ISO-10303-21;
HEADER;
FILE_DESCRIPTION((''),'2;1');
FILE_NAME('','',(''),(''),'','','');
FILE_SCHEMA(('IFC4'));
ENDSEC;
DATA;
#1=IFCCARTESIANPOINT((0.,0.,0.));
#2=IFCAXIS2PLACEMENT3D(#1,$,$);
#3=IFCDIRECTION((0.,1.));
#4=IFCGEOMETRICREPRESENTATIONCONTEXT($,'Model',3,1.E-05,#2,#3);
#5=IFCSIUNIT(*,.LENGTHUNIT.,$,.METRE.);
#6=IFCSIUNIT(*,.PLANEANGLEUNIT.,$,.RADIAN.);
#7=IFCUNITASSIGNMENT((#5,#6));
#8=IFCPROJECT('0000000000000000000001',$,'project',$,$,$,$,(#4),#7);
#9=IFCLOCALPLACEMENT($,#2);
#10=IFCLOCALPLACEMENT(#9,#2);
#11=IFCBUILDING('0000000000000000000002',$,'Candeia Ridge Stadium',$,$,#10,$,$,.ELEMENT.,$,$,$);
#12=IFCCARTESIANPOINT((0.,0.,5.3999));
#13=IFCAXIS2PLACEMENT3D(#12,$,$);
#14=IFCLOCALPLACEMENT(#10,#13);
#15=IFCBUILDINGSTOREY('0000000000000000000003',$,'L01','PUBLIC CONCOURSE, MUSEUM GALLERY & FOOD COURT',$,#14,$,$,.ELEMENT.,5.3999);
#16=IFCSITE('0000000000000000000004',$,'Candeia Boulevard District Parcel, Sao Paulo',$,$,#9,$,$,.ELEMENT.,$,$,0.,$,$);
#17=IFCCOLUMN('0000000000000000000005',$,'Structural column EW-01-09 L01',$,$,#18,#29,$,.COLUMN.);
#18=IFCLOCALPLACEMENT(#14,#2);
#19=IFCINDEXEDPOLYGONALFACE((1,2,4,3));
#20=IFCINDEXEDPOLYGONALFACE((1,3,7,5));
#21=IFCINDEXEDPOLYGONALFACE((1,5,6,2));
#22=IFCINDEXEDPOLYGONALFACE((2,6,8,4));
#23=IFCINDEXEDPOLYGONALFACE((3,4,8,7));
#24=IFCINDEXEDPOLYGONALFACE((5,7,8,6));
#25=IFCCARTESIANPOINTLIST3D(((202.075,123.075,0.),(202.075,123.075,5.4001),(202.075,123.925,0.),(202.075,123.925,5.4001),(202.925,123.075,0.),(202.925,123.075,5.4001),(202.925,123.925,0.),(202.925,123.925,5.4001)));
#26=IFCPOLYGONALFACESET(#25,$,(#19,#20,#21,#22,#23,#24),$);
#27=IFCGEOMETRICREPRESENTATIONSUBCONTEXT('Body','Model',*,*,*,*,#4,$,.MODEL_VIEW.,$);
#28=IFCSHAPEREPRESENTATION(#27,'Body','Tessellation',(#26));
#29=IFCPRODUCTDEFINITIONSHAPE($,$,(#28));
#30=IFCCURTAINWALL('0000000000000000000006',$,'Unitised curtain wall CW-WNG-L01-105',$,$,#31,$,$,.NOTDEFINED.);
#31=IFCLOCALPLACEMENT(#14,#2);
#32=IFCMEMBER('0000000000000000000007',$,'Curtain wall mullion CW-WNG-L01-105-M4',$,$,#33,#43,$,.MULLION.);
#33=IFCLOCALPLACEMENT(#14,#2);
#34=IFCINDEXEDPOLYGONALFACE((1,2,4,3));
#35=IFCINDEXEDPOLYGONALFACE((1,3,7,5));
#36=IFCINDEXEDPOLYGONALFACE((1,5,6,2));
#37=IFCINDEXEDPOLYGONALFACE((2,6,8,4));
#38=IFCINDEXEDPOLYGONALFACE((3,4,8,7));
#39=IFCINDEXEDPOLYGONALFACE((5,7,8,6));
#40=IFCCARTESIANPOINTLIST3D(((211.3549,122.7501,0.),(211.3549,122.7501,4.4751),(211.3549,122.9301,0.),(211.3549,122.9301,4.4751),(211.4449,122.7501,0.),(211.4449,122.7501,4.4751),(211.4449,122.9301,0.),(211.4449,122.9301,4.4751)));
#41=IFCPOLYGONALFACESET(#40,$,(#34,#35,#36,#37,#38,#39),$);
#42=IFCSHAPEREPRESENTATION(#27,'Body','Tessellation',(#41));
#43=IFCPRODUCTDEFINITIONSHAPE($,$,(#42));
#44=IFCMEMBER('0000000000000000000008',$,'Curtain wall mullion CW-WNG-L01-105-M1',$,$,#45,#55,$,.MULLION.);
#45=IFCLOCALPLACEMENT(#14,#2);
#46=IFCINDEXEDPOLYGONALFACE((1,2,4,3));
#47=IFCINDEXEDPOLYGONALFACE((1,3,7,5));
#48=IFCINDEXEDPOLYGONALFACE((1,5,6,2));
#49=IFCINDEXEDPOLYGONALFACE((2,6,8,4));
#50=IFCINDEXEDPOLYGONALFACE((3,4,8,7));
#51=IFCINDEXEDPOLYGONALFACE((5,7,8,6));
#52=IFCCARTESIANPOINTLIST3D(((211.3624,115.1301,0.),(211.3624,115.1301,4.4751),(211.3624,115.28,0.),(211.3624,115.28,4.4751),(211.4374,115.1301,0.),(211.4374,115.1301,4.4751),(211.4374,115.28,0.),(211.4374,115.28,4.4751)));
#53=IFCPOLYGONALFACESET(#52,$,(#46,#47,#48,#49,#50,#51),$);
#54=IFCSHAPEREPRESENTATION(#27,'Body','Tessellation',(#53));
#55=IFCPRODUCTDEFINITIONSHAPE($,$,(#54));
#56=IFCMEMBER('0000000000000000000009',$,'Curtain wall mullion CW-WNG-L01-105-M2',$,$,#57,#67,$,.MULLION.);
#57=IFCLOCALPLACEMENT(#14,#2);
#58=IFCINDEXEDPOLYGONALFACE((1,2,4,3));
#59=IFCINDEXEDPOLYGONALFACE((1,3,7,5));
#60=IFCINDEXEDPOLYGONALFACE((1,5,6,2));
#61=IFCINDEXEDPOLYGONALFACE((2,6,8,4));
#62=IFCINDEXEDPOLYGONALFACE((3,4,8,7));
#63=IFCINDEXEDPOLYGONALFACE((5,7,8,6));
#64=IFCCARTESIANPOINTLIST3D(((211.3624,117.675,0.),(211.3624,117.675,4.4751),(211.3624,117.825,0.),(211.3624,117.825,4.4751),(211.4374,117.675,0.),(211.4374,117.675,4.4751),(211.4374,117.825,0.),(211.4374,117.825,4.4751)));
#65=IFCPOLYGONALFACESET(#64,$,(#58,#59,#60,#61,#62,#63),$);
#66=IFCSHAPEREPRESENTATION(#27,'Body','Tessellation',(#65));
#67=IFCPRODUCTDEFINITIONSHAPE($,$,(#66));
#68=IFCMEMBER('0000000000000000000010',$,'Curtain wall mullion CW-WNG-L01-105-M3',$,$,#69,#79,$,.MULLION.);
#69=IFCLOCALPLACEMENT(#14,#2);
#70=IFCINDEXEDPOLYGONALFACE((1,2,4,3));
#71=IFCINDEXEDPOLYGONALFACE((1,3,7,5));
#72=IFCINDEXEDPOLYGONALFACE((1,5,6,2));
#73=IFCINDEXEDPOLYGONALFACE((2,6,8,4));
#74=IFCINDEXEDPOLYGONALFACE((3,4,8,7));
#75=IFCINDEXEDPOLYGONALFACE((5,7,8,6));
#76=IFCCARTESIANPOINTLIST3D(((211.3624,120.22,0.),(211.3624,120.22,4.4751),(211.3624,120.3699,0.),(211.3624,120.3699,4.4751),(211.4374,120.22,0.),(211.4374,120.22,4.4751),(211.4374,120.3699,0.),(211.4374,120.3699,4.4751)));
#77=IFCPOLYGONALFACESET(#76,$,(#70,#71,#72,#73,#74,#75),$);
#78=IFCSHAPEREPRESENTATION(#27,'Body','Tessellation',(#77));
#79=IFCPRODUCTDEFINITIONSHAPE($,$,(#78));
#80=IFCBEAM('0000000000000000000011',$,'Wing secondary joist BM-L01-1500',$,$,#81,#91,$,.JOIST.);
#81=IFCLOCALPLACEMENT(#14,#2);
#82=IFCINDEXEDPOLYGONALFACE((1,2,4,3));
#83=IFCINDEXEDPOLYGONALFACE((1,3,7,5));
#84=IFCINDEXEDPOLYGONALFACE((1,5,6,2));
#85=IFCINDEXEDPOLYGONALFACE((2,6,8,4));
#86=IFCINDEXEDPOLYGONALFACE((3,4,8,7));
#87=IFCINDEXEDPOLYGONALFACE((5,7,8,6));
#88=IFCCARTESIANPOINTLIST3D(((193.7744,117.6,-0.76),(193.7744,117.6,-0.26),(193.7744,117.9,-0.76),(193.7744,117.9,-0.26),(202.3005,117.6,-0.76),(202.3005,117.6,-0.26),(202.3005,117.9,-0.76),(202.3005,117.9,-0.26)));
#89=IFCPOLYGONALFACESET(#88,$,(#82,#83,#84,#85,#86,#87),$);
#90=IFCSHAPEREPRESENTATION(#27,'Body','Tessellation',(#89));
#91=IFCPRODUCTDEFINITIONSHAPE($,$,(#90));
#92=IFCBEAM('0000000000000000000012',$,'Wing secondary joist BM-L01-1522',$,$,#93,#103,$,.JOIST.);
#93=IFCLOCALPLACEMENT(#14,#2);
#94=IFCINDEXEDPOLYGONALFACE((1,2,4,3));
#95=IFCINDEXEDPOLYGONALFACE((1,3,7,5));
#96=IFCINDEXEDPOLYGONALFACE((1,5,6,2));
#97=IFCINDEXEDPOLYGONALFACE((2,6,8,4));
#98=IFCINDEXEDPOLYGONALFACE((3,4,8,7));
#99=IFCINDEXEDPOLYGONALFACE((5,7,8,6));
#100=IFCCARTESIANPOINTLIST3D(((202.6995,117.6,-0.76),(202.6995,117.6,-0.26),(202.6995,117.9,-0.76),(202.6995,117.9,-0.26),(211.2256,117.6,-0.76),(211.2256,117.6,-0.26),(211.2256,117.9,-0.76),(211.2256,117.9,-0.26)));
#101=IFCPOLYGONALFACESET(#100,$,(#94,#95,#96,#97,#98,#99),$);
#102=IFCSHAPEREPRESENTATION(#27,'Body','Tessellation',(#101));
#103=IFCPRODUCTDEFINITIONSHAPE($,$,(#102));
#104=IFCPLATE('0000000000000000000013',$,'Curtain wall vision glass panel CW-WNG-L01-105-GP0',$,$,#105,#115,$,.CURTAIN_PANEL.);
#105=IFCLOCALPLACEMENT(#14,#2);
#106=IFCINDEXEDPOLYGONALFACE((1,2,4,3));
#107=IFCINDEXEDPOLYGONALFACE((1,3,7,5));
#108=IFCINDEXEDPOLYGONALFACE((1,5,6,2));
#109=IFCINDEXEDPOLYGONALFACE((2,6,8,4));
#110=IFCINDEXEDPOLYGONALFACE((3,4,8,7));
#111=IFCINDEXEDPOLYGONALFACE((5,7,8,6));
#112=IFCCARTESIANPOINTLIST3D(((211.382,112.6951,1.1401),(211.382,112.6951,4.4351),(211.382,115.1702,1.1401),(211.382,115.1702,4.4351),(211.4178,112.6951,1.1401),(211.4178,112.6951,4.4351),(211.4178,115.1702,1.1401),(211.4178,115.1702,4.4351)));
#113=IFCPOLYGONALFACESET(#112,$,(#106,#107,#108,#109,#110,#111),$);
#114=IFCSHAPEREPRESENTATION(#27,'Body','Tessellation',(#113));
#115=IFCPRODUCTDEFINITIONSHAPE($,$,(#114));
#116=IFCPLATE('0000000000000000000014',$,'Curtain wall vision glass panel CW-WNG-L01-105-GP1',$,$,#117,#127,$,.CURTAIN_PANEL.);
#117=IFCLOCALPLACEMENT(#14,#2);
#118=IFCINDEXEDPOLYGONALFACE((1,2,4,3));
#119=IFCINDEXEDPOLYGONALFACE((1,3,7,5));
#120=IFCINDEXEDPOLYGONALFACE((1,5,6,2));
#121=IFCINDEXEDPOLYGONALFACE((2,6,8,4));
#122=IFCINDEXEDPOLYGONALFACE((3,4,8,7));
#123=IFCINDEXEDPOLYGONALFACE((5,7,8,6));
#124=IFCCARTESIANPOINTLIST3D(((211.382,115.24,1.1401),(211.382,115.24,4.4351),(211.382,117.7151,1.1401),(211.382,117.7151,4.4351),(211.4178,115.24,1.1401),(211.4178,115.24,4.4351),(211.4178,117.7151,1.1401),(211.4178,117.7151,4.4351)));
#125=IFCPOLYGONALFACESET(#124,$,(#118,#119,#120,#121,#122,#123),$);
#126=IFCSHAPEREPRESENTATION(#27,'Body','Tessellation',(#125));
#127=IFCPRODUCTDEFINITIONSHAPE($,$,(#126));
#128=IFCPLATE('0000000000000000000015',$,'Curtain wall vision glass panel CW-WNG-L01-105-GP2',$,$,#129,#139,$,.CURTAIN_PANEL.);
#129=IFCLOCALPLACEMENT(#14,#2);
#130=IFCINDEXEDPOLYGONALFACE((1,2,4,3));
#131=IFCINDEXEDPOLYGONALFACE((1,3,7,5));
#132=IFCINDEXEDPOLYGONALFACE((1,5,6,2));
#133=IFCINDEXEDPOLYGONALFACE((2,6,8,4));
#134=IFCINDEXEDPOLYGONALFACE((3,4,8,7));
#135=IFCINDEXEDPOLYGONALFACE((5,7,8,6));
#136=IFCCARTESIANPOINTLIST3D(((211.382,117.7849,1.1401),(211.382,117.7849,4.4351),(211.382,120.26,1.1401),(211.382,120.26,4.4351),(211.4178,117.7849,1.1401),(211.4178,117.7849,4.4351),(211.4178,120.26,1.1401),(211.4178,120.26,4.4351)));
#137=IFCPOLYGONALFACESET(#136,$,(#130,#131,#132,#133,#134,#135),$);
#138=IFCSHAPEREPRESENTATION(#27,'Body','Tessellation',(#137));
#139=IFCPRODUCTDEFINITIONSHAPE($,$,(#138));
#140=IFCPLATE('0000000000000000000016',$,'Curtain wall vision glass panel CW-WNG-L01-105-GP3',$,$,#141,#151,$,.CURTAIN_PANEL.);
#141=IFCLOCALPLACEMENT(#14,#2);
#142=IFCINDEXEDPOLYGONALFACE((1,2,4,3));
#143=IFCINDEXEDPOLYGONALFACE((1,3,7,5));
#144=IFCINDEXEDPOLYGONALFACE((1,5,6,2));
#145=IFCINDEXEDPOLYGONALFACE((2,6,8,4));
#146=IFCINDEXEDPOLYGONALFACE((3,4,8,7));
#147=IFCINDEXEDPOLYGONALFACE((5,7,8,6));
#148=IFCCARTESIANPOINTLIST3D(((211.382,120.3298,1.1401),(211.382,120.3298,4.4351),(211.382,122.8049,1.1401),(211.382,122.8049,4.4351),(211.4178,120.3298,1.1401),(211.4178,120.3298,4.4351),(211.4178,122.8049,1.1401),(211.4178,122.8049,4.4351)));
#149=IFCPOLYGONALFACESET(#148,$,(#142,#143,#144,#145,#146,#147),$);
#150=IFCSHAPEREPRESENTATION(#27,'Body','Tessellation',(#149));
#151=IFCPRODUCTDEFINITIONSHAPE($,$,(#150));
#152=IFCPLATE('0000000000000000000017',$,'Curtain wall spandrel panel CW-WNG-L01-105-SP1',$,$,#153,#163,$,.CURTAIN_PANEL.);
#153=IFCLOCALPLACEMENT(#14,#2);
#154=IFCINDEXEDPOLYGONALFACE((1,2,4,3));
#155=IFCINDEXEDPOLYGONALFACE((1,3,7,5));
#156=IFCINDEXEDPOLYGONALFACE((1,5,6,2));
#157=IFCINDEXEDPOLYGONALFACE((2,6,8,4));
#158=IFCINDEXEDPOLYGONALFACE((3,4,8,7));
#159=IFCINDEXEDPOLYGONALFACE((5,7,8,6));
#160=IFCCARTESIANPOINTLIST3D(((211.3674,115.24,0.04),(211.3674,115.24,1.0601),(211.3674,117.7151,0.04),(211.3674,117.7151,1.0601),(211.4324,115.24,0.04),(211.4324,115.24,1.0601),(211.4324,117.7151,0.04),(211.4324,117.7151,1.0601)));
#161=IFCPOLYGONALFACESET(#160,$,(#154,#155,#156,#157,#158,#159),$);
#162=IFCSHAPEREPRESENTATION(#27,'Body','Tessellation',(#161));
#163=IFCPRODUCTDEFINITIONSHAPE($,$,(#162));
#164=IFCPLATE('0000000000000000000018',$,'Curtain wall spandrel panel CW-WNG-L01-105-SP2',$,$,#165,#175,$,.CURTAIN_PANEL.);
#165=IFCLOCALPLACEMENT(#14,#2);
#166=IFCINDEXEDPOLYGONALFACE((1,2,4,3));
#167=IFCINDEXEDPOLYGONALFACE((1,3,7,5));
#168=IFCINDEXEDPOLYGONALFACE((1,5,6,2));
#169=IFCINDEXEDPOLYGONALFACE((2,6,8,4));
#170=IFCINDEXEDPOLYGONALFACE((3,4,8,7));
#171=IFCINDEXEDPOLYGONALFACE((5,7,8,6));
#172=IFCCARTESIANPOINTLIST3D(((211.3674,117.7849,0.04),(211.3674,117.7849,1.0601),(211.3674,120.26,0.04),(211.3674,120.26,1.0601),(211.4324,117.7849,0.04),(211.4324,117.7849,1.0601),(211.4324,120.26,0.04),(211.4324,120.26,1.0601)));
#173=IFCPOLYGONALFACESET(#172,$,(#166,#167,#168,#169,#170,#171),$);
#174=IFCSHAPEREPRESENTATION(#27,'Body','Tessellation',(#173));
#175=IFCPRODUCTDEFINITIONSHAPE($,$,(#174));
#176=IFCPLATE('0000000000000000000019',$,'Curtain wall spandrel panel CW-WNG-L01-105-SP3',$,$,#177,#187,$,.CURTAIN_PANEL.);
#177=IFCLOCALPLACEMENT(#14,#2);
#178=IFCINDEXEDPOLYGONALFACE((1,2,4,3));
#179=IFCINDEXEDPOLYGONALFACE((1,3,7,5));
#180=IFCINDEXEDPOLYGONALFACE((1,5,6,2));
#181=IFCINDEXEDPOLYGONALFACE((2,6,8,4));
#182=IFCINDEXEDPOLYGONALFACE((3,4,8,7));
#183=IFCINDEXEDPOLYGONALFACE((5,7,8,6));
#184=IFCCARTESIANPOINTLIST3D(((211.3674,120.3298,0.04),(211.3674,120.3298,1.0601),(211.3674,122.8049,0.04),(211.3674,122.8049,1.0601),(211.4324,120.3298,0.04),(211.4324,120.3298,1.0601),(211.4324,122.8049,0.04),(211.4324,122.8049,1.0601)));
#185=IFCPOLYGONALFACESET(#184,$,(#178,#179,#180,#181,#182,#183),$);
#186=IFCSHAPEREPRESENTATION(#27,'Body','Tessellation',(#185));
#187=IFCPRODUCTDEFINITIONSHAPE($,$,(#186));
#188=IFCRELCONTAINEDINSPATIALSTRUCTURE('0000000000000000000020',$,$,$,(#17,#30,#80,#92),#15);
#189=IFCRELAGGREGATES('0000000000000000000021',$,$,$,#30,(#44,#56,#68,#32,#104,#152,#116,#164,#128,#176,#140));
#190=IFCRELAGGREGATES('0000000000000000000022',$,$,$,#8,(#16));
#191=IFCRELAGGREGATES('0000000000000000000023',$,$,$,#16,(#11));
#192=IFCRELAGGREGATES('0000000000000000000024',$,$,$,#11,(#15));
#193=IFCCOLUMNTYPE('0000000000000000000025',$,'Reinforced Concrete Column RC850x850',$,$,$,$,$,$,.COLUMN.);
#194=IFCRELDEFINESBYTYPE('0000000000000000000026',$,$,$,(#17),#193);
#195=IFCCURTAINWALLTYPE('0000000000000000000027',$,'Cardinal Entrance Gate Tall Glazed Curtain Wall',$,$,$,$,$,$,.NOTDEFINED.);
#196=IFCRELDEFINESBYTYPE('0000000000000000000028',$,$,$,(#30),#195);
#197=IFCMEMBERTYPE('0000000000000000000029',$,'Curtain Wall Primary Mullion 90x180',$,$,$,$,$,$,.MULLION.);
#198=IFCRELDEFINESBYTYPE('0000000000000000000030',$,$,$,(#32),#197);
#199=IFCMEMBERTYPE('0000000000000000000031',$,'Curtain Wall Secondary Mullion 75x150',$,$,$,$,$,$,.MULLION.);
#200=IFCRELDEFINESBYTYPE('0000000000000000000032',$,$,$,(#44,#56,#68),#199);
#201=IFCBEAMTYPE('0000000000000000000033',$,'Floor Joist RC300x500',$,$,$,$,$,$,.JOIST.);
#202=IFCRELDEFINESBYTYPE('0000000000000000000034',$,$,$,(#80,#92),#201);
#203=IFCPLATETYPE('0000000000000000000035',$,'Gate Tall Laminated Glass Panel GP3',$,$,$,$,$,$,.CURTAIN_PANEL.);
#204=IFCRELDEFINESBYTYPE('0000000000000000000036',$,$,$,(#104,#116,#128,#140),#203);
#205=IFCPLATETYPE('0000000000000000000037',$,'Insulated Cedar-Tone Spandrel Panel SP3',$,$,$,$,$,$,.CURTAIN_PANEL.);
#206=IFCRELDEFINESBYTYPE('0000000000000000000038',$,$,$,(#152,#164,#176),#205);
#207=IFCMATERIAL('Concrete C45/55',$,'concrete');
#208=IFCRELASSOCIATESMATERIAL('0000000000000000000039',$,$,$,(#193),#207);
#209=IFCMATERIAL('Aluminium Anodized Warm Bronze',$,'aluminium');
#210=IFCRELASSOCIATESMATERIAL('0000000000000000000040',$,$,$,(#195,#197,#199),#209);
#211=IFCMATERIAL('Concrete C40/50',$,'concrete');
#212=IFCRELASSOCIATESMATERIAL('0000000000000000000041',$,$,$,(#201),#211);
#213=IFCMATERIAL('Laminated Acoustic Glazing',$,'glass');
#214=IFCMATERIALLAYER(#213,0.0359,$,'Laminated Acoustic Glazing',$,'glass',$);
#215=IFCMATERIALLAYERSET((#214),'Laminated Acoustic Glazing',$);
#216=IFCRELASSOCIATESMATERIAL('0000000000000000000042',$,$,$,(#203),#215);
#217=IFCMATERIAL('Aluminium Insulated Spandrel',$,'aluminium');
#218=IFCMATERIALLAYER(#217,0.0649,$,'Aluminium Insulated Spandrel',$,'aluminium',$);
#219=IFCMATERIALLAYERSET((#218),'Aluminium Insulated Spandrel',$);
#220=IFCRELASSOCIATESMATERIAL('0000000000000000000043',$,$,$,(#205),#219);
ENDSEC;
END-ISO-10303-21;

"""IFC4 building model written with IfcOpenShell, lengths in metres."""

from ifc_helpers import new_model, si_unit, direction, frame, origin, origin_2d, place, context, subcontext, project, spatial, rectangle, extrude, material, layer, layer_set, material_profile, profile_set, type_object, element, aggregate, save


model = new_model("IFC4")

# Units and contexts
model_context = context("Model", 3, precision=1e-05, world=origin(), true_north=direction((0.0, 1.0)))
body_context = subcontext(model_context, "Body", "Model", "MODEL_VIEW")
ifc_project = project(units=[si_unit("LENGTHUNIT", "METRE"), si_unit("PLANEANGLEUNIT", "RADIAN")], contexts=[model_context])

# Site, building, storey
site_placement = place(None, origin())
site = spatial("IfcSite", under=ifc_project, at=site_placement, Name="Candeia Boulevard District Parcel, Sao Paulo", CompositionType="ELEMENT", RefElevation=0.0)
building_placement = place(site_placement, origin())
building = spatial("IfcBuilding", under=site, at=building_placement, Name="Candeia Ridge Stadium", CompositionType="ELEMENT")
storey_placement = place(building_placement, frame((0.0, 0.0, 5.3999)))
storey = spatial("IfcBuildingStorey", under=building, at=storey_placement, Name="L01", Description="PUBLIC CONCOURSE, MUSEUM GALLERY & FOOD COURT", CompositionType="ELEMENT", Elevation=5.3999)

# Column
ifc_material_1 = material(Name="Concrete C45/55", Category="concrete")
ifc_material_profile_1 = material_profile(ifc_material_1, rectangle(XDim=0.8501, YDim=0.8501, at=origin_2d()), Name="RC850x850", Category="concrete")
ifc_profile_set_1 = profile_set([ifc_material_profile_1], Name="Concrete C45/55")
column_type = type_object("IfcColumnType", Name="Reinforced Concrete Column RC850x850", PredefinedType="COLUMN", material=ifc_profile_set_1)
column_placement = place(storey_placement, frame((202.5, 123.5, 0.0), z_axis=(0.0, 0.0, 1.0), x_axis=(1.0, 0.0, 0.0)))
element("IfcColumn", 1, at=column_placement, inside=storey, type_object=column_type, Name="Structural column EW-01-09 L01", PredefinedType="COLUMN", context=body_context, shape_type="SweptSolid", body=[
    extrude(rectangle(XDim=0.8501, YDim=0.8501, at=origin_2d()), origin(), (0.0, 0.0, 1.0), 5.4001),
])

# Curtain wall, members
ifc_material_2 = material(Name="Aluminium Anodized Warm Bronze", Category="aluminium")
curtain_wall_type = type_object("IfcCurtainWallType", Name="Cardinal Entrance Gate Tall Glazed Curtain Wall", PredefinedType="NOTDEFINED", material=ifc_material_2)
curtain_wall_placement = place(storey_placement, origin())
curtain_wall = element("IfcCurtainWall", 2, at=curtain_wall_placement, inside=storey, type_object=curtain_wall_type, Name="Unitised curtain wall CW-WNG-L01-105", PredefinedType="NOTDEFINED")
ifc_material_profile_2 = material_profile(ifc_material_2, rectangle(XDim=0.0901, YDim=0.1799, at=origin_2d()), Name="CWM-90x180", Category="aluminium")
ifc_profile_set_2 = profile_set([ifc_material_profile_2], Name="Aluminium Anodized Warm Bronze")
member_type_1 = type_object("IfcMemberType", Name="Curtain Wall Primary Mullion 90x180", PredefinedType="MULLION", material=ifc_profile_set_2)
member_1_placement = place(storey_placement, frame((211.3999, 122.8401, 0.0), z_axis=(0.0, 0.0, 1.0), x_axis=(1.0, 0.0, 0.0)))
member_1 = element("IfcMember", 3, at=member_1_placement, type_object=member_type_1, Name="Curtain wall mullion CW-WNG-L01-105-M4", PredefinedType="MULLION", context=body_context, shape_type="SweptSolid", body=[
    extrude(rectangle(XDim=0.0901, YDim=0.1799, at=origin_2d()), origin(), (0.0, 0.0, 1.0), 4.4751),
])
ifc_material_profile_3 = material_profile(ifc_material_2, rectangle(XDim=0.075, YDim=0.1499, at=origin_2d()), Name="CWM-75x150", Category="aluminium")
ifc_profile_set_3 = profile_set([ifc_material_profile_3], Name="Aluminium Anodized Warm Bronze")
member_type_2 = type_object("IfcMemberType", Name="Curtain Wall Secondary Mullion 75x150", PredefinedType="MULLION", material=ifc_profile_set_3)
member_2_placement = place(storey_placement, frame((211.3999, 115.2051, 0.0), z_axis=(0.0, 0.0, 1.0), x_axis=(1.0, 0.0, 0.0)))
member_2 = element("IfcMember", 4, at=member_2_placement, type_object=member_type_2, Name="Curtain wall mullion CW-WNG-L01-105-M1", PredefinedType="MULLION", context=body_context, shape_type="SweptSolid", body=[
    extrude(rectangle(XDim=0.075, YDim=0.1499, at=origin_2d()), origin(), (0.0, 0.0, 1.0), 4.4751),
])
member_3_placement = place(storey_placement, frame((211.3999, 117.75, 0.0), z_axis=(0.0, 0.0, 1.0), x_axis=(1.0, 0.0, 0.0)))
member_3 = element("IfcMember", 5, at=member_3_placement, type_object=member_type_2, Name="Curtain wall mullion CW-WNG-L01-105-M2", PredefinedType="MULLION", context=body_context, shape_type="SweptSolid", body=[
    extrude(rectangle(XDim=0.075, YDim=0.1499, at=origin_2d()), origin(), (0.0, 0.0, 1.0), 4.4751),
])
member_4_placement = place(storey_placement, frame((211.3999, 120.2949, 0.0), z_axis=(0.0, 0.0, 1.0), x_axis=(1.0, 0.0, 0.0)))
member_4 = element("IfcMember", 6, at=member_4_placement, type_object=member_type_2, Name="Curtain wall mullion CW-WNG-L01-105-M3", PredefinedType="MULLION", context=body_context, shape_type="SweptSolid", body=[
    extrude(rectangle(XDim=0.075, YDim=0.1499, at=origin_2d()), origin(), (0.0, 0.0, 1.0), 4.4751),
])

# Beams
ifc_material_3 = material(Name="Concrete C40/50", Category="concrete")
ifc_material_profile_4 = material_profile(ifc_material_3, rectangle(XDim=0.3, YDim=0.5, at=origin_2d()), Name="RC300x500", Category="concrete")
ifc_profile_set_4 = profile_set([ifc_material_profile_4], Name="Concrete C40/50")
beam_type = type_object("IfcBeamType", Name="Floor Joist RC300x500", PredefinedType="JOIST", material=ifc_profile_set_4)
for number, where, z_axis, x_axis, name in (
    (7, (193.7744, 117.75, -0.51), (1.0, 0.0, 0.0), (0.0, 1.0, 0.0), "Wing secondary joist BM-L01-1500"),
    (8, (202.6995, 117.75, -0.51), (1.0, 0.0, 0.0), (0.0, 1.0, 0.0), "Wing secondary joist BM-L01-1522"),
):
    element("IfcBeam", number, at=place(storey_placement, frame(where, z_axis=z_axis, x_axis=x_axis)), inside=storey, type_object=beam_type, Name=name, PredefinedType="JOIST", context=body_context, shape_type="SweptSolid", body=[
        extrude(rectangle(XDim=0.3, YDim=0.5, at=origin_2d()), origin(), (0.0, 0.0, 1.0), 8.5261),
    ])

# Plates
ifc_material_4 = material(Name="Laminated Acoustic Glazing", Category="glass")
ifc_layer_1 = layer(ifc_material_4, 0.0359, Name="Laminated Acoustic Glazing", Category="glass")
ifc_layer_set_1 = layer_set([ifc_layer_1], Name="Laminated Acoustic Glazing")
plate_type_1 = type_object("IfcPlateType", Name="Gate Tall Laminated Glass Panel GP3", PredefinedType="CURTAIN_PANEL", material=ifc_layer_set_1)
plate_1_placement = place(storey_placement, frame((211.3999, 113.9326, 1.1401), z_axis=(0.0, 0.0, 1.0), x_axis=(0.0, 1.0, 0.0)))
plate_1 = element("IfcPlate", 9, at=plate_1_placement, type_object=plate_type_1, Name="Curtain wall vision glass panel CW-WNG-L01-105-GP0", PredefinedType="CURTAIN_PANEL", context=body_context, shape_type="SweptSolid", body=[
    extrude(rectangle(XDim=2.4751, YDim=0.0359, at=origin_2d()), origin(), (0.0, 0.0, 1.0), 3.2949),
])
plate_2_placement = place(storey_placement, frame((211.3999, 116.4775, 1.1401), z_axis=(0.0, 0.0, 1.0), x_axis=(0.0, 1.0, 0.0)))
plate_2 = element("IfcPlate", 10, at=plate_2_placement, type_object=plate_type_1, Name="Curtain wall vision glass panel CW-WNG-L01-105-GP1", PredefinedType="CURTAIN_PANEL", context=body_context, shape_type="SweptSolid", body=[
    extrude(rectangle(XDim=2.4751, YDim=0.0359, at=origin_2d()), origin(), (0.0, 0.0, 1.0), 3.2949),
])
plate_3_placement = place(storey_placement, frame((211.3999, 119.0225, 1.1401), z_axis=(0.0, 0.0, 1.0), x_axis=(0.0, 1.0, 0.0)))
plate_3 = element("IfcPlate", 11, at=plate_3_placement, type_object=plate_type_1, Name="Curtain wall vision glass panel CW-WNG-L01-105-GP2", PredefinedType="CURTAIN_PANEL", context=body_context, shape_type="SweptSolid", body=[
    extrude(rectangle(XDim=2.4751, YDim=0.0359, at=origin_2d()), origin(), (0.0, 0.0, 1.0), 3.2949),
])
plate_4_placement = place(storey_placement, frame((211.3999, 121.5674, 1.1401), z_axis=(0.0, 0.0, 1.0), x_axis=(0.0, 1.0, 0.0)))
plate_4 = element("IfcPlate", 12, at=plate_4_placement, type_object=plate_type_1, Name="Curtain wall vision glass panel CW-WNG-L01-105-GP3", PredefinedType="CURTAIN_PANEL", context=body_context, shape_type="SweptSolid", body=[
    extrude(rectangle(XDim=2.4751, YDim=0.0359, at=origin_2d()), origin(), (0.0, 0.0, 1.0), 3.2949),
])
ifc_material_5 = material(Name="Aluminium Insulated Spandrel", Category="aluminium")
ifc_layer_2 = layer(ifc_material_5, 0.0649, Name="Aluminium Insulated Spandrel", Category="aluminium")
ifc_layer_set_2 = layer_set([ifc_layer_2], Name="Aluminium Insulated Spandrel")
plate_type_2 = type_object("IfcPlateType", Name="Insulated Cedar-Tone Spandrel Panel SP3", PredefinedType="CURTAIN_PANEL", material=ifc_layer_set_2)
plate_5_placement = place(storey_placement, frame((211.3999, 116.4775, 0.04), z_axis=(0.0, 0.0, 1.0), x_axis=(0.0, 1.0, 0.0)))
plate_5 = element("IfcPlate", 13, at=plate_5_placement, type_object=plate_type_2, Name="Curtain wall spandrel panel CW-WNG-L01-105-SP1", PredefinedType="CURTAIN_PANEL", context=body_context, shape_type="SweptSolid", body=[
    extrude(rectangle(XDim=2.4751, YDim=0.0649, at=origin_2d()), origin(), (0.0, 0.0, 1.0), 1.02),
])
plate_6_placement = place(storey_placement, frame((211.3999, 119.0225, 0.04), z_axis=(0.0, 0.0, 1.0), x_axis=(0.0, 1.0, 0.0)))
plate_6 = element("IfcPlate", 14, at=plate_6_placement, type_object=plate_type_2, Name="Curtain wall spandrel panel CW-WNG-L01-105-SP2", PredefinedType="CURTAIN_PANEL", context=body_context, shape_type="SweptSolid", body=[
    extrude(rectangle(XDim=2.4751, YDim=0.0649, at=origin_2d()), origin(), (0.0, 0.0, 1.0), 1.02),
])
plate_7_placement = place(storey_placement, frame((211.3999, 121.5674, 0.04), z_axis=(0.0, 0.0, 1.0), x_axis=(0.0, 1.0, 0.0)))
plate_7 = element("IfcPlate", 15, at=plate_7_placement, type_object=plate_type_2, Name="Curtain wall spandrel panel CW-WNG-L01-105-SP3", PredefinedType="CURTAIN_PANEL", context=body_context, shape_type="SweptSolid", body=[
    extrude(rectangle(XDim=2.4751, YDim=0.0649, at=origin_2d()), origin(), (0.0, 0.0, 1.0), 1.02),
])
aggregate(curtain_wall, [member_2, member_3, member_4, member_1, plate_1, plate_5, plate_2, plate_6, plate_3, plate_7, plate_4])

save(model, "model.ifc")
